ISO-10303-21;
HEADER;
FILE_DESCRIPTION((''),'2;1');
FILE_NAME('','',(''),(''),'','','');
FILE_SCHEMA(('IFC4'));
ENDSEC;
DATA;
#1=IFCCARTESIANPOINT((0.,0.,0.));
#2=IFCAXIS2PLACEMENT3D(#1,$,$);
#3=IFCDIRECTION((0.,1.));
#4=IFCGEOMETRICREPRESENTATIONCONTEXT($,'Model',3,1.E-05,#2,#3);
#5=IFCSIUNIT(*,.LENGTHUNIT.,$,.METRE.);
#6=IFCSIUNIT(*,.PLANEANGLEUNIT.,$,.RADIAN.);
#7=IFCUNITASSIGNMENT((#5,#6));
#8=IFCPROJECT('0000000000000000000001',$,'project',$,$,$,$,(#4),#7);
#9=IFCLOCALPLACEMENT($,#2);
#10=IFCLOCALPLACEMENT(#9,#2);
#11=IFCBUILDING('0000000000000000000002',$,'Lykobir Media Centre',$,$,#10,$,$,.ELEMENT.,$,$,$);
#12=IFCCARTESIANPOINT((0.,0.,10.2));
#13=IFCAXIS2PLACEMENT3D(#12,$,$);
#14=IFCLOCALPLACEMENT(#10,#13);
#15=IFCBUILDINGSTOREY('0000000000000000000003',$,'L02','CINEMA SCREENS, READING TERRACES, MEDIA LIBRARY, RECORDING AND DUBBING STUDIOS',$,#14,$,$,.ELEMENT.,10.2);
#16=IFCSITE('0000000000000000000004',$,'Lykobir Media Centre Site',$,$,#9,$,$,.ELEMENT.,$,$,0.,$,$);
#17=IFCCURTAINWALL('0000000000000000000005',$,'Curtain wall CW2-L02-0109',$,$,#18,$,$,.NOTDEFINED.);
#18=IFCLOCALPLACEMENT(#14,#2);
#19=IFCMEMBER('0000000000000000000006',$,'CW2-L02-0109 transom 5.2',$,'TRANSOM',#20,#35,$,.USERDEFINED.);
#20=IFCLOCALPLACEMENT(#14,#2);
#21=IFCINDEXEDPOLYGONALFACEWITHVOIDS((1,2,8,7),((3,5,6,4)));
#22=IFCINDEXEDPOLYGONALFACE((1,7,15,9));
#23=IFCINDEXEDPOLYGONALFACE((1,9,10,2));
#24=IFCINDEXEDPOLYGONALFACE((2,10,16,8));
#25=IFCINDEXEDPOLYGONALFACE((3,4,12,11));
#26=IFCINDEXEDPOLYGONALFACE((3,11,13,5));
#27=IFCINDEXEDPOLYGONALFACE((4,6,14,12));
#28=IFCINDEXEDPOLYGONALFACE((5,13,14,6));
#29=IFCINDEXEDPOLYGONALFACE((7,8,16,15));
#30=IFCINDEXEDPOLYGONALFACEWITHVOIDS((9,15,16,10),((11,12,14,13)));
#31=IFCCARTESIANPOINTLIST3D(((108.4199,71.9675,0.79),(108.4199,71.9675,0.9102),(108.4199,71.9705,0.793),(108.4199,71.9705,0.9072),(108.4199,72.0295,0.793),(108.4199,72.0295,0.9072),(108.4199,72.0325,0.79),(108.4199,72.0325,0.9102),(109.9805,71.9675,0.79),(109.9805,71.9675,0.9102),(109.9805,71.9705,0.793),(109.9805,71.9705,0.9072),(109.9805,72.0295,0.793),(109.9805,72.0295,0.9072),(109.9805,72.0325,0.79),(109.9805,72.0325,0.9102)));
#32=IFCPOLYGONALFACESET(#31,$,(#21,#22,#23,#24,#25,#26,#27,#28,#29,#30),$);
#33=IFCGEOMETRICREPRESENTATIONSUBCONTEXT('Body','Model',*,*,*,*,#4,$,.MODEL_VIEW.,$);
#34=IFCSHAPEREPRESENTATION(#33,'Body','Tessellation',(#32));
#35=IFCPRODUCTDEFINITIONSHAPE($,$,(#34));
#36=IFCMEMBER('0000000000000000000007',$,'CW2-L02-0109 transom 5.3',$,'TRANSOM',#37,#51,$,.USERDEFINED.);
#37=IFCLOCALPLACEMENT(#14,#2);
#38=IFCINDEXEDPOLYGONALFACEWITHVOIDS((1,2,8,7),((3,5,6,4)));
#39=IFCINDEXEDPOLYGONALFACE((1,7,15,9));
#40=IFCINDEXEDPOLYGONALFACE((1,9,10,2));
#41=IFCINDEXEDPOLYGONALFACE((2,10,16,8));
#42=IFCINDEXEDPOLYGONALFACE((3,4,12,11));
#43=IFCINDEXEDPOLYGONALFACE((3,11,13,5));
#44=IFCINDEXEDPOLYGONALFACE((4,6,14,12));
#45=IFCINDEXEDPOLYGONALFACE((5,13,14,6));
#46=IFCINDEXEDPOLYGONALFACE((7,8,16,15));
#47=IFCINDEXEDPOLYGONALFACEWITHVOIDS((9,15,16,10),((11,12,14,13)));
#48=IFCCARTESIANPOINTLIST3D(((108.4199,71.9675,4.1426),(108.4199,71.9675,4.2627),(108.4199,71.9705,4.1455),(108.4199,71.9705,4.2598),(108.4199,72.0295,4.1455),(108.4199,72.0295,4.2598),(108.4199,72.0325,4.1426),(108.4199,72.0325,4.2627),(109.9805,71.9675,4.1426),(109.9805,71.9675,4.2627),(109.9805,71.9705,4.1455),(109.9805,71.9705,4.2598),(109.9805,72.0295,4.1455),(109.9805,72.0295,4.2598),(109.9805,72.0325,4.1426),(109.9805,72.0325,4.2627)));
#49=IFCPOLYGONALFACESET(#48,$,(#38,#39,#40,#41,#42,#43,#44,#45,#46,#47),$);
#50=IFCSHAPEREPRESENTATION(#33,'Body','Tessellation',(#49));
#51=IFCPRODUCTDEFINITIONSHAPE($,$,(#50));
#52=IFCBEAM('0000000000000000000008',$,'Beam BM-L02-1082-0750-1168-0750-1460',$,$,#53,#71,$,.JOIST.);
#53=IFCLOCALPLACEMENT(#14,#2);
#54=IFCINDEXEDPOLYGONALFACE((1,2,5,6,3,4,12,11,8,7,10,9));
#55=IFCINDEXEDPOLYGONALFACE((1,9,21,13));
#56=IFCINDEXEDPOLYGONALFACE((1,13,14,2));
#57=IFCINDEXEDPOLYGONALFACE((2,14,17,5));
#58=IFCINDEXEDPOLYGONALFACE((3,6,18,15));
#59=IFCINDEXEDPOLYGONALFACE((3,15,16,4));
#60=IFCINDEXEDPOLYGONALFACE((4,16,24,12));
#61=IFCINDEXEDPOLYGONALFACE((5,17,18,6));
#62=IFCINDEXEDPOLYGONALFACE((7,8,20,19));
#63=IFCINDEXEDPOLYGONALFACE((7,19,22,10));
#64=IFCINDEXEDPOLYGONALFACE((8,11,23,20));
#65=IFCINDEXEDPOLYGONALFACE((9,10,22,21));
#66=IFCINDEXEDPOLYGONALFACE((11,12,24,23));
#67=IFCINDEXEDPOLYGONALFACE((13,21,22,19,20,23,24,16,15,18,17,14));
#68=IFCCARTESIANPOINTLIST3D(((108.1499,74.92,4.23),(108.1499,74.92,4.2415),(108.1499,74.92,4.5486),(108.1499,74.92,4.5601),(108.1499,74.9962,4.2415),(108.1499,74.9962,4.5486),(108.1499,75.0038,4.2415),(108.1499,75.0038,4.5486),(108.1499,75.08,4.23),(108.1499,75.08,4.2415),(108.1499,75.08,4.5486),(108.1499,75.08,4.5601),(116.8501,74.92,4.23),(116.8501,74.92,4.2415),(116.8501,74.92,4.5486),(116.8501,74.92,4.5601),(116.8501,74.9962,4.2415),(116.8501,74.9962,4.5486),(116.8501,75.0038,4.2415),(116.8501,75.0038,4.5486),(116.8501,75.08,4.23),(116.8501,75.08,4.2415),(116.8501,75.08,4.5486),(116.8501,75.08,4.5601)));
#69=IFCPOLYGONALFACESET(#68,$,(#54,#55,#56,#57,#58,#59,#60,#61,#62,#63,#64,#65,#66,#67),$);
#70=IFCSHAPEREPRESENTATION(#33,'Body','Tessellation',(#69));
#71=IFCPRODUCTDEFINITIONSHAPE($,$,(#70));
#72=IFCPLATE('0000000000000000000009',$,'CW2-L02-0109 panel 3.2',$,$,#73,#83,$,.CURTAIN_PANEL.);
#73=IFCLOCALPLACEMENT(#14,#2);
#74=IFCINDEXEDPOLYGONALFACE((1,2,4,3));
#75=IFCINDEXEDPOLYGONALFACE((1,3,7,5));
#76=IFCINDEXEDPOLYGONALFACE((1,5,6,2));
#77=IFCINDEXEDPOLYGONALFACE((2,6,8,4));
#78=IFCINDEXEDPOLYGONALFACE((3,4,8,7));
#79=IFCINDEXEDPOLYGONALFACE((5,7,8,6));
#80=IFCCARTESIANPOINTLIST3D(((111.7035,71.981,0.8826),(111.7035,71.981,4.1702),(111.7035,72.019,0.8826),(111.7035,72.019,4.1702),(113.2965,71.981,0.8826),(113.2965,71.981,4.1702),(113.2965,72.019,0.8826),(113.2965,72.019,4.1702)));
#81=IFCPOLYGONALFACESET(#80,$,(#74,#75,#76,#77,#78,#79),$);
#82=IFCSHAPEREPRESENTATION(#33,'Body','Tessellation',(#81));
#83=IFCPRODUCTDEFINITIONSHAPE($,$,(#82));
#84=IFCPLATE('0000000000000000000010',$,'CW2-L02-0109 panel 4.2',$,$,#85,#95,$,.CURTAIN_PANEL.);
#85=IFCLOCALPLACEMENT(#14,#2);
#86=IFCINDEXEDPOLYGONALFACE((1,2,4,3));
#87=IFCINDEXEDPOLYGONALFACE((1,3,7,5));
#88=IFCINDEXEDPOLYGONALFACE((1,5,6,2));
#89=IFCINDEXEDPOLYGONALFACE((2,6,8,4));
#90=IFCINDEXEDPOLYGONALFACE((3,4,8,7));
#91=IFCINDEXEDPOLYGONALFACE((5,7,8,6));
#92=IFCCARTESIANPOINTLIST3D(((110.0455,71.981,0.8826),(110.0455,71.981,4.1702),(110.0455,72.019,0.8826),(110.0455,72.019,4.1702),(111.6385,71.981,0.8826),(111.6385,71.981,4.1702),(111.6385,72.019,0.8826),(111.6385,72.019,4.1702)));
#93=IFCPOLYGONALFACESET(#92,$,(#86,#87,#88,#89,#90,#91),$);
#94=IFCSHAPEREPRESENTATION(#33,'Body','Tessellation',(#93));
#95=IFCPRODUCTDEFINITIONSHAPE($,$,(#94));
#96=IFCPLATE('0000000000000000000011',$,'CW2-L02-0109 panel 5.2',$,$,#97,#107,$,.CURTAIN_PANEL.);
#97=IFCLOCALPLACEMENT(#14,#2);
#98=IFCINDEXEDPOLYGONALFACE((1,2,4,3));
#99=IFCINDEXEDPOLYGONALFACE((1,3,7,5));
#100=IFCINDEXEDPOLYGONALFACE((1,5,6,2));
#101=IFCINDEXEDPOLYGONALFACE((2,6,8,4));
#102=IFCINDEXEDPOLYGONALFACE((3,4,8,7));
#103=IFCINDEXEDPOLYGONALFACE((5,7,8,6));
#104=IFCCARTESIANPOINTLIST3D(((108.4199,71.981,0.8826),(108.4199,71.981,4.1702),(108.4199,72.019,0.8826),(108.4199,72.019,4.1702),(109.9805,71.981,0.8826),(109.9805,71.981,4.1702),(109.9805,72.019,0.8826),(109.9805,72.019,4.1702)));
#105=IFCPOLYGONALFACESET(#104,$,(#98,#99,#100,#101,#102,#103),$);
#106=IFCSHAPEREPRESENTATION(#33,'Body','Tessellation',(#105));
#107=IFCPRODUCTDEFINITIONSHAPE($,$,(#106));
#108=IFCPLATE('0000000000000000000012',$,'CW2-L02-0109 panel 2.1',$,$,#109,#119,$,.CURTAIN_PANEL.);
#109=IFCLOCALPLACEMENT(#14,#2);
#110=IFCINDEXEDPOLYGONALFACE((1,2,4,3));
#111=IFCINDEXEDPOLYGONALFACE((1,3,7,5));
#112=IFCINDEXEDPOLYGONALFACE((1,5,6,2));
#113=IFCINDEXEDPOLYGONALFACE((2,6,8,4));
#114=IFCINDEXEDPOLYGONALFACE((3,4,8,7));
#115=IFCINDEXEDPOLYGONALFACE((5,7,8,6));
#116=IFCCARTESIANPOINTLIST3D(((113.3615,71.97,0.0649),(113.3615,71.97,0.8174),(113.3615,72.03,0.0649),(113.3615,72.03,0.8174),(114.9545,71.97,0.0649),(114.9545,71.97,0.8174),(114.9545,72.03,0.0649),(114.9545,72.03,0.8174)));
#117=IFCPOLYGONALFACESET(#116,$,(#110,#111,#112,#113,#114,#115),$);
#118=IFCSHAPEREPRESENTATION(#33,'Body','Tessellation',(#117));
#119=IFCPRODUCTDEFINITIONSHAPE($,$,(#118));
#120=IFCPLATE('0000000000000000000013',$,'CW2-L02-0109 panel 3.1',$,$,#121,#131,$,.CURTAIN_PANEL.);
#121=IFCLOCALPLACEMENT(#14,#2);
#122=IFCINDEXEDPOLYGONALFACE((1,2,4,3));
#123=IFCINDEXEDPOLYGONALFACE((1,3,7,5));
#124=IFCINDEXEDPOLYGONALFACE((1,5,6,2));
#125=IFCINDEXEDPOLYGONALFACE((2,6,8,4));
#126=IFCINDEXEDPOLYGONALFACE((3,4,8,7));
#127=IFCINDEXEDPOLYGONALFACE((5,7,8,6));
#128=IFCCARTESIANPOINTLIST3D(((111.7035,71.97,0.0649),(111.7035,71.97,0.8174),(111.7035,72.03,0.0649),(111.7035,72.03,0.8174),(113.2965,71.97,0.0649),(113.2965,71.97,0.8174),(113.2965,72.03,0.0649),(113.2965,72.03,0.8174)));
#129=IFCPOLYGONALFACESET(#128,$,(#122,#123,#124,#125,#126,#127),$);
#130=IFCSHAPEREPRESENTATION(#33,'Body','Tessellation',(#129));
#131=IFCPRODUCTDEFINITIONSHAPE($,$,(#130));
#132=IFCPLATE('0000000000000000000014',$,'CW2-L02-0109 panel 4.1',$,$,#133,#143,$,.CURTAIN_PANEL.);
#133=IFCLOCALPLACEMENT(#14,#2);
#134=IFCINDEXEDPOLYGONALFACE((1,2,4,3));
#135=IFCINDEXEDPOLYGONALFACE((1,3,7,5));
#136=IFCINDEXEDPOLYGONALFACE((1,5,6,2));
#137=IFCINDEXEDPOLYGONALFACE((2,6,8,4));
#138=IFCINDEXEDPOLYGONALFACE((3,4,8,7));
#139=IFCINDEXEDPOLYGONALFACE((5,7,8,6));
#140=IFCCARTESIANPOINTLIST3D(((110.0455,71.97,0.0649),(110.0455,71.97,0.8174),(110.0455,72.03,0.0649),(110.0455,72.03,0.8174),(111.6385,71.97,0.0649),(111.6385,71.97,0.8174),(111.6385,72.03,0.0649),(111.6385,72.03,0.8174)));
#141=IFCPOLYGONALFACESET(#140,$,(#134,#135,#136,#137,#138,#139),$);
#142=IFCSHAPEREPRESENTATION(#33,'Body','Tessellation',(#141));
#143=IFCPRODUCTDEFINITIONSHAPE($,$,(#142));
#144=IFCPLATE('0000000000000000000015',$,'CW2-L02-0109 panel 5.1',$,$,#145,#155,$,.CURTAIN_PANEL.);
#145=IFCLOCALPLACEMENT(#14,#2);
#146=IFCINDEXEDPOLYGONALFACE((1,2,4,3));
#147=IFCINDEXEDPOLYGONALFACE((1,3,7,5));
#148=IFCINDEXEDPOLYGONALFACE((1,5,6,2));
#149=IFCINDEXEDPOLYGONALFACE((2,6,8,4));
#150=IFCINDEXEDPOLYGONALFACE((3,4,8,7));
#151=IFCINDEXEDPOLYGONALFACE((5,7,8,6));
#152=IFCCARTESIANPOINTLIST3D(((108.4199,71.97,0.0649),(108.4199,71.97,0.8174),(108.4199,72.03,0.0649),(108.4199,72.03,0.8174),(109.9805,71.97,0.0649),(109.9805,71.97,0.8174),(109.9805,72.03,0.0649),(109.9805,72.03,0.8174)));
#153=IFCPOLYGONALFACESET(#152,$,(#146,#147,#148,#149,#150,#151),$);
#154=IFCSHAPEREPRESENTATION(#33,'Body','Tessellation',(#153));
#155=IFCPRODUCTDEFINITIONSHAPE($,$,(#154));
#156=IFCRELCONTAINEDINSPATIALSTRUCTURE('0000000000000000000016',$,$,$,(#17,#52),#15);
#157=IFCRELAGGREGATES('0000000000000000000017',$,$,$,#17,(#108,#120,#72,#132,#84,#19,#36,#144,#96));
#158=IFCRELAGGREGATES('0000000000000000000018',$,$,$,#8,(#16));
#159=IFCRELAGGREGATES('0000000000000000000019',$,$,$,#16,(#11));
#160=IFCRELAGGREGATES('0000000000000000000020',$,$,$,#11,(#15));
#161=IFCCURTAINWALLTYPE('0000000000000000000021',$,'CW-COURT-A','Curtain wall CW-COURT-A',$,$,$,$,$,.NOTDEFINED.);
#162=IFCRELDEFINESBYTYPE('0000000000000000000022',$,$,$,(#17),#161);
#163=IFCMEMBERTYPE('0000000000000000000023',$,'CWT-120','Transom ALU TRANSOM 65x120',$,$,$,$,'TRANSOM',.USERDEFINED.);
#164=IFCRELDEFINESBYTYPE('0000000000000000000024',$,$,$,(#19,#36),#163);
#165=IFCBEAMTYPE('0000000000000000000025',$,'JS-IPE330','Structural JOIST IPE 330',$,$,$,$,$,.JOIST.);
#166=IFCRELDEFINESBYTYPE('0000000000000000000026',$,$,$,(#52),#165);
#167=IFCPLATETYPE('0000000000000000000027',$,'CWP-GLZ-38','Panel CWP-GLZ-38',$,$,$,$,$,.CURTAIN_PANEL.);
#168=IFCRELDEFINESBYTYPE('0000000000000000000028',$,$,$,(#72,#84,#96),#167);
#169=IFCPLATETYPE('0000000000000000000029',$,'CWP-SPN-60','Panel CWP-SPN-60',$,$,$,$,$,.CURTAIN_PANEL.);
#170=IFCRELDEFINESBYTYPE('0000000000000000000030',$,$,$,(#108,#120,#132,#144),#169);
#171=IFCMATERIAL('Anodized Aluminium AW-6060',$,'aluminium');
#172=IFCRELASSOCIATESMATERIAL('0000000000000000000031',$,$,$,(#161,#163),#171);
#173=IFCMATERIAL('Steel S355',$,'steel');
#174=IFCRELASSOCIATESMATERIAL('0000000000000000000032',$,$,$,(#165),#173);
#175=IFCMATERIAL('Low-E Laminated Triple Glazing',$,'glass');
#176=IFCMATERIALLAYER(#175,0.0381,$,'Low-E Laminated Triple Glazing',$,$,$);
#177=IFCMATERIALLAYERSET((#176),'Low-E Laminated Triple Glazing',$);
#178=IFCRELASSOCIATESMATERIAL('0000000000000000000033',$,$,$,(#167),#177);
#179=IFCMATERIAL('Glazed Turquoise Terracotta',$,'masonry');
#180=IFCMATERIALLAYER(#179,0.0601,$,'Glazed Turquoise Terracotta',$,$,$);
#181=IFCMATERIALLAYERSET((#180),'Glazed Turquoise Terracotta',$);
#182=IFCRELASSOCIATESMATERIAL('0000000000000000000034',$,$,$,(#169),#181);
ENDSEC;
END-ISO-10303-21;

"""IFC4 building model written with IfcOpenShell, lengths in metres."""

from ifc_helpers import new_model, si_unit, direction, frame, origin, origin_2d, place, context, subcontext, project, spatial, rectangle, hollow_rectangle, i_section, extrude, material, layer, layer_set, material_profile, profile_set, type_object, element, aggregate, save


model = new_model("IFC4")

# Units and contexts
model_context = context("Model", 3, precision=1e-05, world=origin(), true_north=direction((0.0, 1.0)))
body_context = subcontext(model_context, "Body", "Model", "MODEL_VIEW")
ifc_project = project(units=[si_unit("LENGTHUNIT", "METRE"), si_unit("PLANEANGLEUNIT", "RADIAN")], contexts=[model_context])

# Site, building, storey
site_placement = place(None, origin())
site = spatial("IfcSite", under=ifc_project, at=site_placement, Name="Lykobir Media Centre Site", CompositionType="ELEMENT", RefElevation=0.0)
building_placement = place(site_placement, origin())
building = spatial("IfcBuilding", under=site, at=building_placement, Name="Lykobir Media Centre", CompositionType="ELEMENT")
storey_placement = place(building_placement, frame((0.0, 0.0, 10.2)))
storey = spatial("IfcBuildingStorey", under=building, at=storey_placement, Name="L02", Description="CINEMA SCREENS, READING TERRACES, MEDIA LIBRARY, RECORDING AND DUBBING STUDIOS", CompositionType="ELEMENT", Elevation=10.2)

# Curtain wall, members
ifc_material_1 = material(Name="Anodized Aluminium AW-6060", Category="aluminium")
curtain_wall_type = type_object("IfcCurtainWallType", Name="CW-COURT-A", Description="Curtain wall CW-COURT-A", PredefinedType="NOTDEFINED", material=ifc_material_1)
curtain_wall_placement = place(storey_placement, origin())
curtain_wall = element("IfcCurtainWall", 1, at=curtain_wall_placement, inside=storey, type_object=curtain_wall_type, Name="Curtain wall CW2-L02-0109", PredefinedType="NOTDEFINED")
ifc_material_profile_1 = material_profile(ifc_material_1, hollow_rectangle(XDim=0.0649, YDim=0.1201, WallThickness=0.0029, at=origin_2d()), Name="ALU TRANSOM 65x120")
ifc_profile_set_1 = profile_set([ifc_material_profile_1], Name="Anodized Aluminium AW-6060")
member_type_1 = type_object("IfcMemberType", Name="CWT-120", Description="Transom ALU TRANSOM 65x120", ElementType="TRANSOM", PredefinedType="USERDEFINED", material=ifc_profile_set_1)
member_1_placement = place(storey_placement, frame((109.9805, 72.0, 0.8501), z_axis=(-1.0, 0.0, 0.0), x_axis=(0.0, -1.0, 0.0)))
member_1 = element("IfcMember", 2, at=member_1_placement, type_object=member_type_1, Name="CW2-L02-0109 transom 5.2", ObjectType="TRANSOM", PredefinedType="USERDEFINED", context=body_context, shape_type="SweptSolid", body=[
    extrude(hollow_rectangle(XDim=0.0649, YDim=0.1201, WallThickness=0.0029, at=origin_2d()), origin(), (0.0, 0.0, 1.0), 1.5605),
])
member_2_placement = place(storey_placement, frame((109.9805, 72.0, 4.2026), z_axis=(-1.0, 0.0, 0.0), x_axis=(0.0, -1.0, 0.0)))
member_2 = element("IfcMember", 3, at=member_2_placement, type_object=member_type_1, Name="CW2-L02-0109 transom 5.3", ObjectType="TRANSOM", PredefinedType="USERDEFINED", context=body_context, shape_type="SweptSolid", body=[
    extrude(hollow_rectangle(XDim=0.0649, YDim=0.1201, WallThickness=0.0029, at=origin_2d()), origin(), (0.0, 0.0, 1.0), 1.5605),
])

# Beam
ifc_material_2 = material(Name="Steel S355", Category="steel")
ifc_material_profile_2 = material_profile(ifc_material_2, i_section(OverallWidth=0.1599, OverallDepth=0.3301, WebThickness=0.0076, FlangeThickness=0.0115, at=origin_2d()), Name="IPE 330")
ifc_profile_set_2 = profile_set([ifc_material_profile_2], Name="Steel S355")
beam_type = type_object("IfcBeamType", Name="JS-IPE330", Description="Structural JOIST IPE 330", PredefinedType="JOIST", material=ifc_profile_set_2)
beam_placement = place(storey_placement, frame((108.1499, 75.0, 4.395), z_axis=(1.0, 0.0, 0.0), x_axis=(0.0, 1.0, 0.0)))
element("IfcBeam", 4, at=beam_placement, inside=storey, type_object=beam_type, Name="Beam BM-L02-1082-0750-1168-0750-1460", PredefinedType="JOIST", context=body_context, shape_type="SweptSolid", body=[
    extrude(i_section(OverallWidth=0.1599, OverallDepth=0.3301, WebThickness=0.0076, FlangeThickness=0.0115, at=origin_2d()), origin(), (0.0, 0.0, 1.0), 8.7002),
])

# Plates
ifc_material_3 = material(Name="Low-E Laminated Triple Glazing", Category="glass")
ifc_layer_1 = layer(ifc_material_3, 0.0381, Name="Low-E Laminated Triple Glazing")
ifc_layer_set_1 = layer_set([ifc_layer_1], Name="Low-E Laminated Triple Glazing")
plate_type_1 = type_object("IfcPlateType", Name="CWP-GLZ-38", Description="Panel CWP-GLZ-38", PredefinedType="CURTAIN_PANEL", material=ifc_layer_set_1)
plate_1_placement = place(storey_placement, frame((112.5, 72.0, 0.8826), z_axis=(0.0, 0.0, 1.0), x_axis=(-1.0, 0.0, 0.0)))
plate_1 = element("IfcPlate", 5, at=plate_1_placement, type_object=plate_type_1, Name="CW2-L02-0109 panel 3.2", PredefinedType="CURTAIN_PANEL", context=body_context, shape_type="SweptSolid", body=[
    extrude(rectangle(XDim=1.593, YDim=0.0381, at=origin_2d()), origin(), (0.0, 0.0, 1.0), 3.2876),
])
plate_2_placement = place(storey_placement, frame((110.842, 72.0, 0.8826), z_axis=(0.0, 0.0, 1.0), x_axis=(-1.0, 0.0, 0.0)))
plate_2 = element("IfcPlate", 6, at=plate_2_placement, type_object=plate_type_1, Name="CW2-L02-0109 panel 4.2", PredefinedType="CURTAIN_PANEL", context=body_context, shape_type="SweptSolid", body=[
    extrude(rectangle(XDim=1.593, YDim=0.0381, at=origin_2d()), origin(), (0.0, 0.0, 1.0), 3.2876),
])
plate_3_placement = place(storey_placement, frame((109.2002, 72.0, 0.8826), z_axis=(0.0, 0.0, 1.0), x_axis=(-1.0, 0.0, 0.0)))
plate_3 = element("IfcPlate", 7, at=plate_3_placement, type_object=plate_type_1, Name="CW2-L02-0109 panel 5.2", PredefinedType="CURTAIN_PANEL", context=body_context, shape_type="SweptSolid", body=[
    extrude(rectangle(XDim=1.5605, YDim=0.0381, at=origin_2d()), origin(), (0.0, 0.0, 1.0), 3.2876),
])
ifc_material_4 = material(Name="Glazed Turquoise Terracotta", Category="masonry")
ifc_layer_2 = layer(ifc_material_4, 0.0601, Name="Glazed Turquoise Terracotta")
ifc_layer_set_2 = layer_set([ifc_layer_2], Name="Glazed Turquoise Terracotta")
plate_type_2 = type_object("IfcPlateType", Name="CWP-SPN-60", Description="Panel CWP-SPN-60", PredefinedType="CURTAIN_PANEL", material=ifc_layer_set_2)
plate_4_placement = place(storey_placement, frame((114.158, 72.0, 0.0649), z_axis=(0.0, 0.0, 1.0), x_axis=(-1.0, 0.0, 0.0)))
plate_4 = element("IfcPlate", 8, at=plate_4_placement, type_object=plate_type_2, Name="CW2-L02-0109 panel 2.1", PredefinedType="CURTAIN_PANEL", context=body_context, shape_type="SweptSolid", body=[
    extrude(rectangle(XDim=1.593, YDim=0.0601, at=origin_2d()), origin(), (0.0, 0.0, 1.0), 0.7524),
])
plate_5_placement = place(storey_placement, frame((112.5, 72.0, 0.0649), z_axis=(0.0, 0.0, 1.0), x_axis=(-1.0, 0.0, 0.0)))
plate_5 = element("IfcPlate", 9, at=plate_5_placement, type_object=plate_type_2, Name="CW2-L02-0109 panel 3.1", PredefinedType="CURTAIN_PANEL", context=body_context, shape_type="SweptSolid", body=[
    extrude(rectangle(XDim=1.593, YDim=0.0601, at=origin_2d()), origin(), (0.0, 0.0, 1.0), 0.7524),
])
plate_6_placement = place(storey_placement, frame((110.842, 72.0, 0.0649), z_axis=(0.0, 0.0, 1.0), x_axis=(-1.0, 0.0, 0.0)))
plate_6 = element("IfcPlate", 10, at=plate_6_placement, type_object=plate_type_2, Name="CW2-L02-0109 panel 4.1", PredefinedType="CURTAIN_PANEL", context=body_context, shape_type="SweptSolid", body=[
    extrude(rectangle(XDim=1.593, YDim=0.0601, at=origin_2d()), origin(), (0.0, 0.0, 1.0), 0.7524),
])
plate_7_placement = place(storey_placement, frame((109.2002, 72.0, 0.0649), z_axis=(0.0, 0.0, 1.0), x_axis=(-1.0, 0.0, 0.0)))
plate_7 = element("IfcPlate", 11, at=plate_7_placement, type_object=plate_type_2, Name="CW2-L02-0109 panel 5.1", PredefinedType="CURTAIN_PANEL", context=body_context, shape_type="SweptSolid", body=[
    extrude(rectangle(XDim=1.5605, YDim=0.0601, at=origin_2d()), origin(), (0.0, 0.0, 1.0), 0.7524),
])
aggregate(curtain_wall, [plate_4, plate_5, plate_1, plate_6, plate_2, member_1, member_2, plate_7, plate_3])

save(model, "model.ifc")
